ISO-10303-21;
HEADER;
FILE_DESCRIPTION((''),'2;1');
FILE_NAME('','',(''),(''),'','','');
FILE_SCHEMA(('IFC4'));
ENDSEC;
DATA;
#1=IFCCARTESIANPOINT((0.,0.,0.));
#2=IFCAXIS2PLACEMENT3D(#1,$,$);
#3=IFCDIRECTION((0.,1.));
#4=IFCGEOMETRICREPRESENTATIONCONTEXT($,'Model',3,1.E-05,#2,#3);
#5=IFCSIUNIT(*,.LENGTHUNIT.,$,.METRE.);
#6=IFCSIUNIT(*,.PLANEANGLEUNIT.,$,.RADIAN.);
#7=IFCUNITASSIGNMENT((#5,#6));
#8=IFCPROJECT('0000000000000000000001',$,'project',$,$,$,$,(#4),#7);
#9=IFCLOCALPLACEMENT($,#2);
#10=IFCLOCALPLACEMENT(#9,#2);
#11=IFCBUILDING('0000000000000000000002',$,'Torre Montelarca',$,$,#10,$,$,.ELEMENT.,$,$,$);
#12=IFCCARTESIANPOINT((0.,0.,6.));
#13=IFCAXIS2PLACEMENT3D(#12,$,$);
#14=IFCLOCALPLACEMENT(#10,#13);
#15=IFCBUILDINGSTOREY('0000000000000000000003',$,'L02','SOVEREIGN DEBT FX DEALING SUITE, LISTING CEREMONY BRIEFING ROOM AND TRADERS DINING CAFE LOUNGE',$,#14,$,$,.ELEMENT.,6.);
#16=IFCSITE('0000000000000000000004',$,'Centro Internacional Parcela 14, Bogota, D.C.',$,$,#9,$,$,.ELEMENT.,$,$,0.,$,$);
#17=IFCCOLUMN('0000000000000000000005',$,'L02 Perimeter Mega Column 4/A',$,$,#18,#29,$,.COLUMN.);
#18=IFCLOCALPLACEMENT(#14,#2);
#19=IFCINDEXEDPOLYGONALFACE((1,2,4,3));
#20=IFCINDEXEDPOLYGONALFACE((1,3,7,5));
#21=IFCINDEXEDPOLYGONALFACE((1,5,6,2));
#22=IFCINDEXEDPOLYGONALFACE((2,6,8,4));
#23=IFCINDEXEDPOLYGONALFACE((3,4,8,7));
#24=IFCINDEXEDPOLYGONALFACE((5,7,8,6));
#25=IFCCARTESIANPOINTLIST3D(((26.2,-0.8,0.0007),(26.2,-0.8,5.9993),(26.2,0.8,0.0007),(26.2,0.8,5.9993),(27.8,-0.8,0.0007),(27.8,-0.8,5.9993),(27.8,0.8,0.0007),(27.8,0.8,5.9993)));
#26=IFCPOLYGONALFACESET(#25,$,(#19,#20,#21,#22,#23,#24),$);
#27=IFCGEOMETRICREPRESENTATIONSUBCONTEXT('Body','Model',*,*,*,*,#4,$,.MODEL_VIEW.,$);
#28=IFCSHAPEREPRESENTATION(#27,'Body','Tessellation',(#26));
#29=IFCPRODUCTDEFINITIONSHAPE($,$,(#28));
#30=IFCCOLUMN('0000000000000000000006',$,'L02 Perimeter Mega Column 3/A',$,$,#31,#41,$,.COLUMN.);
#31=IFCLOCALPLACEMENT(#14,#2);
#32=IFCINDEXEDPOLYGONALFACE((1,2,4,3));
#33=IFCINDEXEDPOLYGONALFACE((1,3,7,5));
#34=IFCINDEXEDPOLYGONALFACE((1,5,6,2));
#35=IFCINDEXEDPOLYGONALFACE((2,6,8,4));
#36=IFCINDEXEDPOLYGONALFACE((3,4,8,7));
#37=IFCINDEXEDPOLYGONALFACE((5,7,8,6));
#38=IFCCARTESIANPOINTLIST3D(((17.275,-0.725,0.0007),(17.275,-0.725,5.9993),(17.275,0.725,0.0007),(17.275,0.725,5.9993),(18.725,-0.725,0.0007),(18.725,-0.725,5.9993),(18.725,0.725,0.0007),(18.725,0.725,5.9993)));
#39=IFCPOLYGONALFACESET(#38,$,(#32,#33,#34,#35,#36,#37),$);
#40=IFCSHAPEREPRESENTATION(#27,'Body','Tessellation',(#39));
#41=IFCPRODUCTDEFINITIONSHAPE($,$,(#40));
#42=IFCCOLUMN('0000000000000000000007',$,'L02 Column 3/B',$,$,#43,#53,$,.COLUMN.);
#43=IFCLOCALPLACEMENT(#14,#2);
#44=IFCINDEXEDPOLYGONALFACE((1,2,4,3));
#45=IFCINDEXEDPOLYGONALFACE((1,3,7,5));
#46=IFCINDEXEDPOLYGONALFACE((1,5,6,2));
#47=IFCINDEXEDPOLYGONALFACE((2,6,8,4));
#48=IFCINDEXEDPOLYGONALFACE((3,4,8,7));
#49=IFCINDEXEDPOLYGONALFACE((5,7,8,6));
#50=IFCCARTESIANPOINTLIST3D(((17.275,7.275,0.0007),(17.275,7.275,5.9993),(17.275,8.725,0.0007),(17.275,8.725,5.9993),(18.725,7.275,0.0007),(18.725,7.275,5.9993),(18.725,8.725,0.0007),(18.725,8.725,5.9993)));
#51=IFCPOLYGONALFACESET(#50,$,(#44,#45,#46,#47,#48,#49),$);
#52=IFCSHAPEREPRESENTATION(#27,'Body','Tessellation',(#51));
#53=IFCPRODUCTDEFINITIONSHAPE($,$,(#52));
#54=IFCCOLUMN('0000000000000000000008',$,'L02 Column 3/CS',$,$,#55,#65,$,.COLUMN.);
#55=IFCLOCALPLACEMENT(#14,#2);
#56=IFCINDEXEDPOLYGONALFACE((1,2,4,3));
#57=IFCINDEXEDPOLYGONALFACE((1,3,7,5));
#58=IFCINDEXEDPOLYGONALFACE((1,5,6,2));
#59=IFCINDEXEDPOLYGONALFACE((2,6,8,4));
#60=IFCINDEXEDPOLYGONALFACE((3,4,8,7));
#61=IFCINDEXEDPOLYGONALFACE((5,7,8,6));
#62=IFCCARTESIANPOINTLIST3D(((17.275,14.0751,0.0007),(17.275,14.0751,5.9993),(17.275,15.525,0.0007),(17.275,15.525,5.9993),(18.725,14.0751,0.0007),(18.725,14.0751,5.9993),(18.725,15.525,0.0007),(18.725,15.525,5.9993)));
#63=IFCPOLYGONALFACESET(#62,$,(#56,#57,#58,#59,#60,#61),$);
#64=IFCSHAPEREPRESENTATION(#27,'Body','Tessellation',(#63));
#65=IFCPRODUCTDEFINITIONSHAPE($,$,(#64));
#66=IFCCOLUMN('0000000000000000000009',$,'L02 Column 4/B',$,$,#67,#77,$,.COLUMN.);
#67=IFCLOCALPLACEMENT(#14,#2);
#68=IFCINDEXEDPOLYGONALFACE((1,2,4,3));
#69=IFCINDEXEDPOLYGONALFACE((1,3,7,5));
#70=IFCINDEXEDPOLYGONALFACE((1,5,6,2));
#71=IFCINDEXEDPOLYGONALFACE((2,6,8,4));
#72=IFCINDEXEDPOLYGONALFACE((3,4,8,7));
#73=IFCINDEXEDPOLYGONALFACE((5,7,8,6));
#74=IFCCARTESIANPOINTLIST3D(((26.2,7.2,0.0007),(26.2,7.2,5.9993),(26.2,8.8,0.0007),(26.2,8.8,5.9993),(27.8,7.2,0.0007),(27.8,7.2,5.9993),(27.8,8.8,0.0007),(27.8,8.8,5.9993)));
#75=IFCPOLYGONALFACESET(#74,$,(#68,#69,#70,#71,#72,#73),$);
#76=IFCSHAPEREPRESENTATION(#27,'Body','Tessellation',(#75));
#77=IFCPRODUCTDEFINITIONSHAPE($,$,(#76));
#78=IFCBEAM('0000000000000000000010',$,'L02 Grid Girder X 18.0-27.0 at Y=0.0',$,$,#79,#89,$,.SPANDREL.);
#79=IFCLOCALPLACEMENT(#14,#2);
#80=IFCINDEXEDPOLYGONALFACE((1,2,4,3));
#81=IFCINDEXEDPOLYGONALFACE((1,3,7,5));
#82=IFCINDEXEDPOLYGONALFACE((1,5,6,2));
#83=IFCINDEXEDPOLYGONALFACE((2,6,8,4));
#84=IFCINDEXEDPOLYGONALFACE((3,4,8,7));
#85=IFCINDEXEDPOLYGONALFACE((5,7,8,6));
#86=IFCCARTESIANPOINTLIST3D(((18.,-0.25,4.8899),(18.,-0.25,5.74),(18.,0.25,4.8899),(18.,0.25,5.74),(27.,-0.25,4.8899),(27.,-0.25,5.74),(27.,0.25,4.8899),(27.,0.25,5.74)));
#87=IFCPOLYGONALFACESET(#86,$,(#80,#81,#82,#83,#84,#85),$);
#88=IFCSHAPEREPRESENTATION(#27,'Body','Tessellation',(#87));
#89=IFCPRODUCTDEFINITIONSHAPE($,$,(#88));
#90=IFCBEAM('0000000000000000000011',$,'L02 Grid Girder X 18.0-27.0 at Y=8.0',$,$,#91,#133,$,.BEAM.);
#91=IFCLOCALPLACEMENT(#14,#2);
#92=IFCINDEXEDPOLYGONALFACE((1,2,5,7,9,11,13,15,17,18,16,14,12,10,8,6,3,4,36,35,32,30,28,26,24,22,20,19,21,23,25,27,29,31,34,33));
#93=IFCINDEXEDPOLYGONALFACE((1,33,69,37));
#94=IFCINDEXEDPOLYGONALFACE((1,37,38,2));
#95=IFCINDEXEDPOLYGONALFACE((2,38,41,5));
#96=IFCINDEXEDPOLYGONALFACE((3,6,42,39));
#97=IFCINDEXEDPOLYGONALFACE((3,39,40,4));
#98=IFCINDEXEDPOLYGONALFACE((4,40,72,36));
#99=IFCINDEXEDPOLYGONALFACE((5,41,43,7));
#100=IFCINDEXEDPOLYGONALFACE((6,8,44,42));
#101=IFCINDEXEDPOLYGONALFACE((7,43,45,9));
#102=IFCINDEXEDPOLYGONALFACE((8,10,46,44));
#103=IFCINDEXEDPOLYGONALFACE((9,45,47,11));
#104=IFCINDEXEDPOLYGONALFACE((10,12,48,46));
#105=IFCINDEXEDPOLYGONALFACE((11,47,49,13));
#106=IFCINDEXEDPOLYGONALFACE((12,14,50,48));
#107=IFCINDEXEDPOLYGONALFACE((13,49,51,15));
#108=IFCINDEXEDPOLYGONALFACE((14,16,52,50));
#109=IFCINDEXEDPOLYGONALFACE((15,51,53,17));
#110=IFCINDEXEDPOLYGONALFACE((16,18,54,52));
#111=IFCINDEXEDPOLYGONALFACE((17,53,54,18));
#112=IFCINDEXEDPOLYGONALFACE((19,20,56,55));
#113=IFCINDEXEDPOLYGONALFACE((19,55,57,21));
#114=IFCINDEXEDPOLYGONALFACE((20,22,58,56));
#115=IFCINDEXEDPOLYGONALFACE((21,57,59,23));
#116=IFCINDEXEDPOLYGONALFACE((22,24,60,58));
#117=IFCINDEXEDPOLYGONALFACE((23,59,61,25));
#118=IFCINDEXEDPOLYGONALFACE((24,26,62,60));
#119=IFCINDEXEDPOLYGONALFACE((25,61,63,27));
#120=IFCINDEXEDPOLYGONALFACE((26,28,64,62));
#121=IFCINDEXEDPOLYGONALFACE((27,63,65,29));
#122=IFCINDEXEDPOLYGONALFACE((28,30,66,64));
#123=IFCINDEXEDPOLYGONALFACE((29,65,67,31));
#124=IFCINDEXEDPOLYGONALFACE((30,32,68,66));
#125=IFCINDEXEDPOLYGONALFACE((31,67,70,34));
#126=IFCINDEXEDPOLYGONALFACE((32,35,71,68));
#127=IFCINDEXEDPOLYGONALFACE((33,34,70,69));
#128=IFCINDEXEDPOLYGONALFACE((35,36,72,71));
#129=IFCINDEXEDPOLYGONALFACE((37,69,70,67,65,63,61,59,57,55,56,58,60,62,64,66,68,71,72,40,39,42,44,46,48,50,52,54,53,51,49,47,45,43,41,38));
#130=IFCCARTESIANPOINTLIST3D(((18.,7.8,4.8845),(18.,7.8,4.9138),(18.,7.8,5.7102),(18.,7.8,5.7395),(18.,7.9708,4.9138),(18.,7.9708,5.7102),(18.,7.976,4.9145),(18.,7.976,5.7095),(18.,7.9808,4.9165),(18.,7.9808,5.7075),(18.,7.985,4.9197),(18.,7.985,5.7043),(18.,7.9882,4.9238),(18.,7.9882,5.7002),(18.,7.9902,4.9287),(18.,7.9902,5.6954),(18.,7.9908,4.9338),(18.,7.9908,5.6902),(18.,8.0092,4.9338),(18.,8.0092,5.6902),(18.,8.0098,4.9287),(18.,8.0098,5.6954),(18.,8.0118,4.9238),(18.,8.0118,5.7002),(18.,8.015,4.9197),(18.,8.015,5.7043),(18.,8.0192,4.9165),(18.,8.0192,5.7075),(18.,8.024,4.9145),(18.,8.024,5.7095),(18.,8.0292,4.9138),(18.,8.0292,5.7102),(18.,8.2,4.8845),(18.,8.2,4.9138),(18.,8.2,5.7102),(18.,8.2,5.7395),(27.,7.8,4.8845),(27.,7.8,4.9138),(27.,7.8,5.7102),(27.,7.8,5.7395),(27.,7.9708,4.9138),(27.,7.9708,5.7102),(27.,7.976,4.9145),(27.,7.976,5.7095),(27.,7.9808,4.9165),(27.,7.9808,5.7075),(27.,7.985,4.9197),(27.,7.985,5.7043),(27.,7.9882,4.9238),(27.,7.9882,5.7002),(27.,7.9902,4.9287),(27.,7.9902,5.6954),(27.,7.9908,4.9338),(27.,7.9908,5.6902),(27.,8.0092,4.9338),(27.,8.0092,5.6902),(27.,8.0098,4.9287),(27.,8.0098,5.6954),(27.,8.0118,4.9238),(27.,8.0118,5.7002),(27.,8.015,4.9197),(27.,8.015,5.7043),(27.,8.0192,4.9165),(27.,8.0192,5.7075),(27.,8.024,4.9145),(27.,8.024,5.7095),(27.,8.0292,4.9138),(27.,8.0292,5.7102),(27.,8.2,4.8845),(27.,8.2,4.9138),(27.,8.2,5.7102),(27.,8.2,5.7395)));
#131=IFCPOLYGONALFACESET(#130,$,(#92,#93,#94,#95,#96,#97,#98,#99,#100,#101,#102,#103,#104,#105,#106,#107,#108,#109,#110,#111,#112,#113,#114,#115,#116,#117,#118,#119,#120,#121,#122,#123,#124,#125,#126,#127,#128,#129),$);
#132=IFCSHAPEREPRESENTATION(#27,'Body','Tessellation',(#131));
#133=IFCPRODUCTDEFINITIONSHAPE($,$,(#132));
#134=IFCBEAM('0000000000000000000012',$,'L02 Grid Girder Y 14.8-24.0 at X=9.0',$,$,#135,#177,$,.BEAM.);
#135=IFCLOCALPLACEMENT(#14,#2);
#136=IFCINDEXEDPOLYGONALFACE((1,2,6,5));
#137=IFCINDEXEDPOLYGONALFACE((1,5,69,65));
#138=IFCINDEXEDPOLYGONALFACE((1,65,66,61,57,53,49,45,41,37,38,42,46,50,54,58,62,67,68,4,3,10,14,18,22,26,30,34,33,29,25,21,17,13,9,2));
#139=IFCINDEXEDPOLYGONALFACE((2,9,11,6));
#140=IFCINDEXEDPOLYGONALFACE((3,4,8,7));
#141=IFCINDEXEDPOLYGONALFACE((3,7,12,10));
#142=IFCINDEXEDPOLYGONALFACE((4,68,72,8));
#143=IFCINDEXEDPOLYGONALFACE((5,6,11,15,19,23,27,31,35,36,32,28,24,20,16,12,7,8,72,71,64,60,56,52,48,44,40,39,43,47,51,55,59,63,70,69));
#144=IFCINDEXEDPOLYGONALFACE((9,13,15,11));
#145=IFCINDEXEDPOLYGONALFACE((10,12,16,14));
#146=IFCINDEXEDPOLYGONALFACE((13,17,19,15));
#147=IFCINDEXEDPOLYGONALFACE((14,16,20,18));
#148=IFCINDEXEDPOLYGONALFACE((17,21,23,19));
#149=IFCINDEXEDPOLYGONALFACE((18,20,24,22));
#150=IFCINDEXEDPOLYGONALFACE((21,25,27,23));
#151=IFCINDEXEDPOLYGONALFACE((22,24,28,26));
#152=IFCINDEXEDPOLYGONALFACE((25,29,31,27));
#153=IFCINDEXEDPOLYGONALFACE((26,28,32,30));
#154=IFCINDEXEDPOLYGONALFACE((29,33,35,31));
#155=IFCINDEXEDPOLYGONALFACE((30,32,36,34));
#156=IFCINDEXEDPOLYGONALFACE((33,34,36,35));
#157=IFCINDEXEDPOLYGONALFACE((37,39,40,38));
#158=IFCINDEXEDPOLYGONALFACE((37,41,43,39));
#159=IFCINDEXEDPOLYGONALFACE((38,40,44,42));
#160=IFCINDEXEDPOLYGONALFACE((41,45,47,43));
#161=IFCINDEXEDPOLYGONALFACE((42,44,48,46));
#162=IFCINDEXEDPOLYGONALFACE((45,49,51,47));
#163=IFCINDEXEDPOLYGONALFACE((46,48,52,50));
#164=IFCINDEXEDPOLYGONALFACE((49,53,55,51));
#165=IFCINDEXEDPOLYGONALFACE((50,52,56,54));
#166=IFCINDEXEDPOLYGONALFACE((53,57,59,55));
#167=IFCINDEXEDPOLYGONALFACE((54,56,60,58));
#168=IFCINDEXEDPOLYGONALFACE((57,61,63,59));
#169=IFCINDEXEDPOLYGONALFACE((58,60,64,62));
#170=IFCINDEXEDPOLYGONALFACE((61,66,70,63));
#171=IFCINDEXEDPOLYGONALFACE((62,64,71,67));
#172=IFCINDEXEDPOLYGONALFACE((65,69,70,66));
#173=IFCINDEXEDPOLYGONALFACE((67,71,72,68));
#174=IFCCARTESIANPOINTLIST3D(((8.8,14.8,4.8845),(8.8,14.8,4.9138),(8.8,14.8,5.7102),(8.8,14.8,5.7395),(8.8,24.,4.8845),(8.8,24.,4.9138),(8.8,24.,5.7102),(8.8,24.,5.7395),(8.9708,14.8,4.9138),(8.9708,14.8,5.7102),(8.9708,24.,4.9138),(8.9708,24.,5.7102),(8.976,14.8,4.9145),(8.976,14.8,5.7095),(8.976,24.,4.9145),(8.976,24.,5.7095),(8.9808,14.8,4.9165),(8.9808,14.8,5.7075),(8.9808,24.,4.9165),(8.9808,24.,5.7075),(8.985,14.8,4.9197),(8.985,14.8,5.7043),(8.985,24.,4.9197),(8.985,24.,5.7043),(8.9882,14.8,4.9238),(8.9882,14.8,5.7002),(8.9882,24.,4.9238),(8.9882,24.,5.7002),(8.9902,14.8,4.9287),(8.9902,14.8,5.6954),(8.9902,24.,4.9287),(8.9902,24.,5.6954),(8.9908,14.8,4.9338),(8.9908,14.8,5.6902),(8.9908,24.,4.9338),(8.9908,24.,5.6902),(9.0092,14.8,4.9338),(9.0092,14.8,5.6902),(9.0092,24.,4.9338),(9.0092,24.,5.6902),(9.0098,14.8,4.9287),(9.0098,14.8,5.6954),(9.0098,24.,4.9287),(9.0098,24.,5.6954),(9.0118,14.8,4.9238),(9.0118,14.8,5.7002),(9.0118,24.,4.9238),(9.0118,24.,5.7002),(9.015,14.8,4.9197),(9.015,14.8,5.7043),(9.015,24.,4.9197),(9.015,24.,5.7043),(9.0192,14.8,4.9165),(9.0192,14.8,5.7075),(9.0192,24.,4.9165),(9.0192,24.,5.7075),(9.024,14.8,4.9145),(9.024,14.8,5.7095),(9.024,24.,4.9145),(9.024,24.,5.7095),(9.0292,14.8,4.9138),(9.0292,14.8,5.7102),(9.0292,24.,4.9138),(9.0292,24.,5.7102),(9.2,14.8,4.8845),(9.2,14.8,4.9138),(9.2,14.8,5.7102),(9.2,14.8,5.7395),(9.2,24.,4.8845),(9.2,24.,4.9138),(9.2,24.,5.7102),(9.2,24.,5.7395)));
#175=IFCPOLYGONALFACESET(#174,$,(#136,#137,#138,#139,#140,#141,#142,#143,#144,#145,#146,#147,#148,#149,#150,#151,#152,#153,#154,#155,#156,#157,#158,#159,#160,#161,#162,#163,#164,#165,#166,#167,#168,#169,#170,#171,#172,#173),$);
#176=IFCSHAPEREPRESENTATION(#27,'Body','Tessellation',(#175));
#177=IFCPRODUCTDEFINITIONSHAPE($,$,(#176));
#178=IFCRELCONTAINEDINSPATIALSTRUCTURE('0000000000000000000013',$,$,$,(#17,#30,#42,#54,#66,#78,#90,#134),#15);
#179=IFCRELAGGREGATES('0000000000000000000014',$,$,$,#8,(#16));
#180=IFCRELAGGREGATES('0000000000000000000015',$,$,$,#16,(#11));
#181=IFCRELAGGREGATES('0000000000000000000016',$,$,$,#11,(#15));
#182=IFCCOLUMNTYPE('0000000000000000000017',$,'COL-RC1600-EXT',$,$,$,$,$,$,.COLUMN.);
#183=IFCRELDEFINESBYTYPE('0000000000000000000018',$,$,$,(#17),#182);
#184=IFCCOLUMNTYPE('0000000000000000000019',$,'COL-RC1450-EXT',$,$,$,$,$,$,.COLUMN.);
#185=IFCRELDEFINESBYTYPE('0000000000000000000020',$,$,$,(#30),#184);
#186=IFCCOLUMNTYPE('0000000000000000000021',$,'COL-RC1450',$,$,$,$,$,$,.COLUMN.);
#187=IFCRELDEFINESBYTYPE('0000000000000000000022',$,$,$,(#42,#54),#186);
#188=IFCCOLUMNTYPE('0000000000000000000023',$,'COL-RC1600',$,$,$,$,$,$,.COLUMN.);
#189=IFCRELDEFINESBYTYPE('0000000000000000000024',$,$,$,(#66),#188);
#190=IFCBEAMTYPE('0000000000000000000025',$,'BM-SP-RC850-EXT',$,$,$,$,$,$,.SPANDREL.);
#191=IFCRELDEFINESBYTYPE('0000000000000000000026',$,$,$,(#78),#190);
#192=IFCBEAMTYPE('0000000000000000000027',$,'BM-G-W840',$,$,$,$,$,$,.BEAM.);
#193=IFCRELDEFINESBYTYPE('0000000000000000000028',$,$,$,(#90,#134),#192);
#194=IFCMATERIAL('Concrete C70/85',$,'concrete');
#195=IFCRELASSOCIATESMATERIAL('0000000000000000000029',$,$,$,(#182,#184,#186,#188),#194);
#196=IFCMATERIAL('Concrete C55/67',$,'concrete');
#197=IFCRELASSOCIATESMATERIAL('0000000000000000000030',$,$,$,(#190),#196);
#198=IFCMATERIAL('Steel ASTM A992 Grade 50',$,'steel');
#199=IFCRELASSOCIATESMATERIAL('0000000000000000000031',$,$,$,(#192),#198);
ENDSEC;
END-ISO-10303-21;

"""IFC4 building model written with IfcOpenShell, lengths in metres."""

from ifc_helpers import new_model, si_unit, direction, frame, origin, origin_2d, place, context, subcontext, project, spatial, rectangle, i_section, extrude, source, transform, mapped, material, material_profile, profile_set, type_object, element, save


model = new_model("IFC4")

# Units and contexts
model_context = context("Model", 3, precision=1e-05, world=origin(), true_north=direction((0.0, 1.0)))
body_context = subcontext(model_context, "Body", "Model", "MODEL_VIEW")
ifc_project = project(units=[si_unit("LENGTHUNIT", "METRE"), si_unit("PLANEANGLEUNIT", "RADIAN")], contexts=[model_context])

# Site, building, storey
site_placement = place(None, origin())
site = spatial("IfcSite", under=ifc_project, at=site_placement, Name="Centro Internacional Parcela 14, Bogota, D.C.", CompositionType="ELEMENT", RefElevation=0.0)
building_placement = place(site_placement, origin())
building = spatial("IfcBuilding", under=site, at=building_placement, Name="Torre Montelarca", CompositionType="ELEMENT")
storey_placement = place(building_placement, frame((0.0, 0.0, 6.0)))
storey = spatial("IfcBuildingStorey", under=building, at=storey_placement, Name="L02", Description="SOVEREIGN DEBT FX DEALING SUITE, LISTING CEREMONY BRIEFING ROOM AND TRADERS DINING CAFE LOUNGE", CompositionType="ELEMENT", Elevation=6.0)

# Columns
ifc_material_1 = material(Name="Concrete C70/85", Category="concrete")
ifc_material_profile_1 = material_profile(ifc_material_1, rectangle(XDim=1.6001, YDim=1.6001, at=origin_2d()), Name="RC1600X1600", Category="concrete")
ifc_profile_set_1 = profile_set([ifc_material_profile_1], Name="Concrete C70/85")
column_type_1 = type_object("IfcColumnType", Name="COL-RC1600-EXT", PredefinedType="COLUMN", material=ifc_profile_set_1)
shared_shape_1 = source(origin(), body_context, "Body", "SweptSolid", [
    extrude(rectangle(XDim=1.6001, YDim=1.6001, at=origin_2d()), origin(), (0.0, 0.0, 1.0), 5.9985),
])
column_1_placement = place(storey_placement, frame((27.0, 0.0, 0.0007), z_axis=(0.0, 0.0, 1.0), x_axis=(1.0, 0.0, 0.0)))
element("IfcColumn", 1, at=column_1_placement, inside=storey, type_object=column_type_1, Name="L02 Perimeter Mega Column 4/A", PredefinedType="COLUMN", context=body_context, shape_type="MappedRepresentation", body=[
    mapped(shared_shape_1, transform((0.0, 0.0, 0.0), scale=1.0)),
])
ifc_material_profile_2 = material_profile(ifc_material_1, rectangle(XDim=1.45, YDim=1.45, at=origin_2d()), Name="RC1450X1450", Category="concrete")
ifc_profile_set_2 = profile_set([ifc_material_profile_2], Name="Concrete C70/85")
column_type_2 = type_object("IfcColumnType", Name="COL-RC1450-EXT", PredefinedType="COLUMN", material=ifc_profile_set_2)
shared_shape_2 = source(origin(), body_context, "Body", "SweptSolid", [
    extrude(rectangle(XDim=1.45, YDim=1.45, at=origin_2d()), origin(), (0.0, 0.0, 1.0), 5.9985),
])
column_2_placement = place(storey_placement, frame((18.0, 0.0, 0.0007), z_axis=(0.0, 0.0, 1.0), x_axis=(1.0, 0.0, 0.0)))
element("IfcColumn", 2, at=column_2_placement, inside=storey, type_object=column_type_2, Name="L02 Perimeter Mega Column 3/A", PredefinedType="COLUMN", context=body_context, shape_type="MappedRepresentation", body=[
    mapped(shared_shape_2, transform((0.0, 0.0, 0.0), scale=1.0)),
])
ifc_material_profile_3 = material_profile(ifc_material_1, rectangle(XDim=1.45, YDim=1.45, at=origin_2d()), Name="RC1450X1450", Category="concrete")
ifc_profile_set_3 = profile_set([ifc_material_profile_3], Name="Concrete C70/85")
column_type_3 = type_object("IfcColumnType", Name="COL-RC1450", PredefinedType="COLUMN", material=ifc_profile_set_3)
shared_shape_3 = source(origin(), body_context, "Body", "SweptSolid", [
    extrude(rectangle(XDim=1.45, YDim=1.45, at=origin_2d()), origin(), (0.0, 0.0, 1.0), 5.9985),
])
for number, where, z_axis, x_axis, name in (
    (3, (18.0, 8.0, 0.0007), (0.0, 0.0, 1.0), (1.0, 0.0, 0.0), "L02 Column 3/B"),
    (4, (18.0, 14.8, 0.0007), (0.0, 0.0, 1.0), (1.0, 0.0, 0.0), "L02 Column 3/CS"),
):
    element("IfcColumn", number, at=place(storey_placement, frame(where, z_axis=z_axis, x_axis=x_axis)), inside=storey, type_object=column_type_3, Name=name, PredefinedType="COLUMN", context=body_context, shape_type="MappedRepresentation", body=[
        mapped(shared_shape_3, transform((0.0, 0.0, 0.0), scale=1.0)),
    ])
ifc_material_profile_4 = material_profile(ifc_material_1, rectangle(XDim=1.6001, YDim=1.6001, at=origin_2d()), Name="RC1600X1600", Category="concrete")
ifc_profile_set_4 = profile_set([ifc_material_profile_4], Name="Concrete C70/85")
column_type_4 = type_object("IfcColumnType", Name="COL-RC1600", PredefinedType="COLUMN", material=ifc_profile_set_4)
shared_shape_4 = source(origin(), body_context, "Body", "SweptSolid", [
    extrude(rectangle(XDim=1.6001, YDim=1.6001, at=origin_2d()), origin(), (0.0, 0.0, 1.0), 5.9985),
])
column_3_placement = place(storey_placement, frame((27.0, 8.0, 0.0007), z_axis=(0.0, 0.0, 1.0), x_axis=(1.0, 0.0, 0.0)))
element("IfcColumn", 5, at=column_3_placement, inside=storey, type_object=column_type_4, Name="L02 Column 4/B", PredefinedType="COLUMN", context=body_context, shape_type="MappedRepresentation", body=[
    mapped(shared_shape_4, transform((0.0, 0.0, 0.0), scale=1.0)),
])

# Beams
ifc_material_2 = material(Name="Concrete C55/67", Category="concrete")
ifc_material_profile_5 = material_profile(ifc_material_2, rectangle(XDim=0.5, YDim=0.8501, at=origin_2d()), Name="RCB500X850", Category="concrete")
ifc_profile_set_5 = profile_set([ifc_material_profile_5], Name="Concrete C55/67")
beam_type_1 = type_object("IfcBeamType", Name="BM-SP-RC850-EXT", PredefinedType="SPANDREL", material=ifc_profile_set_5)
shared_shape_5 = source(origin(), body_context, "Body", "SweptSolid", [
    extrude(rectangle(XDim=0.5, YDim=0.8501, at=origin_2d()), origin(), (0.0, 0.0, 1.0), 9.0),
])
beam_1_placement = place(storey_placement, frame((18.0, 0.0, 5.3149), z_axis=(1.0, 0.0, 0.0), x_axis=(0.0, 1.0, 0.0)))
element("IfcBeam", 6, at=beam_1_placement, inside=storey, type_object=beam_type_1, Name="L02 Grid Girder X 18.0-27.0 at Y=0.0", PredefinedType="SPANDREL", context=body_context, shape_type="MappedRepresentation", body=[
    mapped(shared_shape_5, transform((0.0, 0.0, 0.0), scale=1.0)),
])
ifc_material_3 = material(Name="Steel ASTM A992 Grade 50", Category="steel")
ifc_material_profile_6 = material_profile(ifc_material_3, i_section(OverallWidth=0.3999, OverallDepth=0.855, WebThickness=0.0183, FlangeThickness=0.0293, FilletRadius=0.02, at=origin_2d()), Name="W840X299", Category="steel")
ifc_profile_set_6 = profile_set([ifc_material_profile_6], Name="Steel ASTM A992 Grade 50")
beam_type_2 = type_object("IfcBeamType", Name="BM-G-W840", PredefinedType="BEAM", material=ifc_profile_set_6)
shared_shape_6 = source(origin(), body_context, "Body", "SweptSolid", [
    extrude(i_section(OverallWidth=0.3999, OverallDepth=0.855, WebThickness=0.0183, FlangeThickness=0.0293, FilletRadius=0.02, at=origin_2d()), origin(), (0.0, 0.0, 1.0), 9.0),
])
beam_2_placement = place(storey_placement, frame((18.0, 8.0, 5.312), z_axis=(1.0, 0.0, 0.0), x_axis=(0.0, 1.0, 0.0)))
element("IfcBeam", 7, at=beam_2_placement, inside=storey, type_object=beam_type_2, Name="L02 Grid Girder X 18.0-27.0 at Y=8.0", PredefinedType="BEAM", context=body_context, shape_type="MappedRepresentation", body=[
    mapped(shared_shape_6, transform((0.0, 0.0, 0.0), scale=1.0)),
])
shared_shape_7 = source(origin(), body_context, "Body", "SweptSolid", [
    extrude(i_section(OverallWidth=0.3999, OverallDepth=0.855, WebThickness=0.0183, FlangeThickness=0.0293, FilletRadius=0.02, at=origin_2d()), origin(), (0.0, 0.0, 1.0), 9.2),
])
beam_3_placement = place(storey_placement, frame((9.0, 14.8, 5.312), z_axis=(0.0, 1.0, 0.0), x_axis=(-1.0, 0.0, 0.0)))
element("IfcBeam", 8, at=beam_3_placement, inside=storey, type_object=beam_type_2, Name="L02 Grid Girder Y 14.8-24.0 at X=9.0", PredefinedType="BEAM", context=body_context, shape_type="MappedRepresentation", body=[
    mapped(shared_shape_7, transform((0.0, 0.0, 0.0), scale=1.0)),
])

save(model, "model.ifc")
